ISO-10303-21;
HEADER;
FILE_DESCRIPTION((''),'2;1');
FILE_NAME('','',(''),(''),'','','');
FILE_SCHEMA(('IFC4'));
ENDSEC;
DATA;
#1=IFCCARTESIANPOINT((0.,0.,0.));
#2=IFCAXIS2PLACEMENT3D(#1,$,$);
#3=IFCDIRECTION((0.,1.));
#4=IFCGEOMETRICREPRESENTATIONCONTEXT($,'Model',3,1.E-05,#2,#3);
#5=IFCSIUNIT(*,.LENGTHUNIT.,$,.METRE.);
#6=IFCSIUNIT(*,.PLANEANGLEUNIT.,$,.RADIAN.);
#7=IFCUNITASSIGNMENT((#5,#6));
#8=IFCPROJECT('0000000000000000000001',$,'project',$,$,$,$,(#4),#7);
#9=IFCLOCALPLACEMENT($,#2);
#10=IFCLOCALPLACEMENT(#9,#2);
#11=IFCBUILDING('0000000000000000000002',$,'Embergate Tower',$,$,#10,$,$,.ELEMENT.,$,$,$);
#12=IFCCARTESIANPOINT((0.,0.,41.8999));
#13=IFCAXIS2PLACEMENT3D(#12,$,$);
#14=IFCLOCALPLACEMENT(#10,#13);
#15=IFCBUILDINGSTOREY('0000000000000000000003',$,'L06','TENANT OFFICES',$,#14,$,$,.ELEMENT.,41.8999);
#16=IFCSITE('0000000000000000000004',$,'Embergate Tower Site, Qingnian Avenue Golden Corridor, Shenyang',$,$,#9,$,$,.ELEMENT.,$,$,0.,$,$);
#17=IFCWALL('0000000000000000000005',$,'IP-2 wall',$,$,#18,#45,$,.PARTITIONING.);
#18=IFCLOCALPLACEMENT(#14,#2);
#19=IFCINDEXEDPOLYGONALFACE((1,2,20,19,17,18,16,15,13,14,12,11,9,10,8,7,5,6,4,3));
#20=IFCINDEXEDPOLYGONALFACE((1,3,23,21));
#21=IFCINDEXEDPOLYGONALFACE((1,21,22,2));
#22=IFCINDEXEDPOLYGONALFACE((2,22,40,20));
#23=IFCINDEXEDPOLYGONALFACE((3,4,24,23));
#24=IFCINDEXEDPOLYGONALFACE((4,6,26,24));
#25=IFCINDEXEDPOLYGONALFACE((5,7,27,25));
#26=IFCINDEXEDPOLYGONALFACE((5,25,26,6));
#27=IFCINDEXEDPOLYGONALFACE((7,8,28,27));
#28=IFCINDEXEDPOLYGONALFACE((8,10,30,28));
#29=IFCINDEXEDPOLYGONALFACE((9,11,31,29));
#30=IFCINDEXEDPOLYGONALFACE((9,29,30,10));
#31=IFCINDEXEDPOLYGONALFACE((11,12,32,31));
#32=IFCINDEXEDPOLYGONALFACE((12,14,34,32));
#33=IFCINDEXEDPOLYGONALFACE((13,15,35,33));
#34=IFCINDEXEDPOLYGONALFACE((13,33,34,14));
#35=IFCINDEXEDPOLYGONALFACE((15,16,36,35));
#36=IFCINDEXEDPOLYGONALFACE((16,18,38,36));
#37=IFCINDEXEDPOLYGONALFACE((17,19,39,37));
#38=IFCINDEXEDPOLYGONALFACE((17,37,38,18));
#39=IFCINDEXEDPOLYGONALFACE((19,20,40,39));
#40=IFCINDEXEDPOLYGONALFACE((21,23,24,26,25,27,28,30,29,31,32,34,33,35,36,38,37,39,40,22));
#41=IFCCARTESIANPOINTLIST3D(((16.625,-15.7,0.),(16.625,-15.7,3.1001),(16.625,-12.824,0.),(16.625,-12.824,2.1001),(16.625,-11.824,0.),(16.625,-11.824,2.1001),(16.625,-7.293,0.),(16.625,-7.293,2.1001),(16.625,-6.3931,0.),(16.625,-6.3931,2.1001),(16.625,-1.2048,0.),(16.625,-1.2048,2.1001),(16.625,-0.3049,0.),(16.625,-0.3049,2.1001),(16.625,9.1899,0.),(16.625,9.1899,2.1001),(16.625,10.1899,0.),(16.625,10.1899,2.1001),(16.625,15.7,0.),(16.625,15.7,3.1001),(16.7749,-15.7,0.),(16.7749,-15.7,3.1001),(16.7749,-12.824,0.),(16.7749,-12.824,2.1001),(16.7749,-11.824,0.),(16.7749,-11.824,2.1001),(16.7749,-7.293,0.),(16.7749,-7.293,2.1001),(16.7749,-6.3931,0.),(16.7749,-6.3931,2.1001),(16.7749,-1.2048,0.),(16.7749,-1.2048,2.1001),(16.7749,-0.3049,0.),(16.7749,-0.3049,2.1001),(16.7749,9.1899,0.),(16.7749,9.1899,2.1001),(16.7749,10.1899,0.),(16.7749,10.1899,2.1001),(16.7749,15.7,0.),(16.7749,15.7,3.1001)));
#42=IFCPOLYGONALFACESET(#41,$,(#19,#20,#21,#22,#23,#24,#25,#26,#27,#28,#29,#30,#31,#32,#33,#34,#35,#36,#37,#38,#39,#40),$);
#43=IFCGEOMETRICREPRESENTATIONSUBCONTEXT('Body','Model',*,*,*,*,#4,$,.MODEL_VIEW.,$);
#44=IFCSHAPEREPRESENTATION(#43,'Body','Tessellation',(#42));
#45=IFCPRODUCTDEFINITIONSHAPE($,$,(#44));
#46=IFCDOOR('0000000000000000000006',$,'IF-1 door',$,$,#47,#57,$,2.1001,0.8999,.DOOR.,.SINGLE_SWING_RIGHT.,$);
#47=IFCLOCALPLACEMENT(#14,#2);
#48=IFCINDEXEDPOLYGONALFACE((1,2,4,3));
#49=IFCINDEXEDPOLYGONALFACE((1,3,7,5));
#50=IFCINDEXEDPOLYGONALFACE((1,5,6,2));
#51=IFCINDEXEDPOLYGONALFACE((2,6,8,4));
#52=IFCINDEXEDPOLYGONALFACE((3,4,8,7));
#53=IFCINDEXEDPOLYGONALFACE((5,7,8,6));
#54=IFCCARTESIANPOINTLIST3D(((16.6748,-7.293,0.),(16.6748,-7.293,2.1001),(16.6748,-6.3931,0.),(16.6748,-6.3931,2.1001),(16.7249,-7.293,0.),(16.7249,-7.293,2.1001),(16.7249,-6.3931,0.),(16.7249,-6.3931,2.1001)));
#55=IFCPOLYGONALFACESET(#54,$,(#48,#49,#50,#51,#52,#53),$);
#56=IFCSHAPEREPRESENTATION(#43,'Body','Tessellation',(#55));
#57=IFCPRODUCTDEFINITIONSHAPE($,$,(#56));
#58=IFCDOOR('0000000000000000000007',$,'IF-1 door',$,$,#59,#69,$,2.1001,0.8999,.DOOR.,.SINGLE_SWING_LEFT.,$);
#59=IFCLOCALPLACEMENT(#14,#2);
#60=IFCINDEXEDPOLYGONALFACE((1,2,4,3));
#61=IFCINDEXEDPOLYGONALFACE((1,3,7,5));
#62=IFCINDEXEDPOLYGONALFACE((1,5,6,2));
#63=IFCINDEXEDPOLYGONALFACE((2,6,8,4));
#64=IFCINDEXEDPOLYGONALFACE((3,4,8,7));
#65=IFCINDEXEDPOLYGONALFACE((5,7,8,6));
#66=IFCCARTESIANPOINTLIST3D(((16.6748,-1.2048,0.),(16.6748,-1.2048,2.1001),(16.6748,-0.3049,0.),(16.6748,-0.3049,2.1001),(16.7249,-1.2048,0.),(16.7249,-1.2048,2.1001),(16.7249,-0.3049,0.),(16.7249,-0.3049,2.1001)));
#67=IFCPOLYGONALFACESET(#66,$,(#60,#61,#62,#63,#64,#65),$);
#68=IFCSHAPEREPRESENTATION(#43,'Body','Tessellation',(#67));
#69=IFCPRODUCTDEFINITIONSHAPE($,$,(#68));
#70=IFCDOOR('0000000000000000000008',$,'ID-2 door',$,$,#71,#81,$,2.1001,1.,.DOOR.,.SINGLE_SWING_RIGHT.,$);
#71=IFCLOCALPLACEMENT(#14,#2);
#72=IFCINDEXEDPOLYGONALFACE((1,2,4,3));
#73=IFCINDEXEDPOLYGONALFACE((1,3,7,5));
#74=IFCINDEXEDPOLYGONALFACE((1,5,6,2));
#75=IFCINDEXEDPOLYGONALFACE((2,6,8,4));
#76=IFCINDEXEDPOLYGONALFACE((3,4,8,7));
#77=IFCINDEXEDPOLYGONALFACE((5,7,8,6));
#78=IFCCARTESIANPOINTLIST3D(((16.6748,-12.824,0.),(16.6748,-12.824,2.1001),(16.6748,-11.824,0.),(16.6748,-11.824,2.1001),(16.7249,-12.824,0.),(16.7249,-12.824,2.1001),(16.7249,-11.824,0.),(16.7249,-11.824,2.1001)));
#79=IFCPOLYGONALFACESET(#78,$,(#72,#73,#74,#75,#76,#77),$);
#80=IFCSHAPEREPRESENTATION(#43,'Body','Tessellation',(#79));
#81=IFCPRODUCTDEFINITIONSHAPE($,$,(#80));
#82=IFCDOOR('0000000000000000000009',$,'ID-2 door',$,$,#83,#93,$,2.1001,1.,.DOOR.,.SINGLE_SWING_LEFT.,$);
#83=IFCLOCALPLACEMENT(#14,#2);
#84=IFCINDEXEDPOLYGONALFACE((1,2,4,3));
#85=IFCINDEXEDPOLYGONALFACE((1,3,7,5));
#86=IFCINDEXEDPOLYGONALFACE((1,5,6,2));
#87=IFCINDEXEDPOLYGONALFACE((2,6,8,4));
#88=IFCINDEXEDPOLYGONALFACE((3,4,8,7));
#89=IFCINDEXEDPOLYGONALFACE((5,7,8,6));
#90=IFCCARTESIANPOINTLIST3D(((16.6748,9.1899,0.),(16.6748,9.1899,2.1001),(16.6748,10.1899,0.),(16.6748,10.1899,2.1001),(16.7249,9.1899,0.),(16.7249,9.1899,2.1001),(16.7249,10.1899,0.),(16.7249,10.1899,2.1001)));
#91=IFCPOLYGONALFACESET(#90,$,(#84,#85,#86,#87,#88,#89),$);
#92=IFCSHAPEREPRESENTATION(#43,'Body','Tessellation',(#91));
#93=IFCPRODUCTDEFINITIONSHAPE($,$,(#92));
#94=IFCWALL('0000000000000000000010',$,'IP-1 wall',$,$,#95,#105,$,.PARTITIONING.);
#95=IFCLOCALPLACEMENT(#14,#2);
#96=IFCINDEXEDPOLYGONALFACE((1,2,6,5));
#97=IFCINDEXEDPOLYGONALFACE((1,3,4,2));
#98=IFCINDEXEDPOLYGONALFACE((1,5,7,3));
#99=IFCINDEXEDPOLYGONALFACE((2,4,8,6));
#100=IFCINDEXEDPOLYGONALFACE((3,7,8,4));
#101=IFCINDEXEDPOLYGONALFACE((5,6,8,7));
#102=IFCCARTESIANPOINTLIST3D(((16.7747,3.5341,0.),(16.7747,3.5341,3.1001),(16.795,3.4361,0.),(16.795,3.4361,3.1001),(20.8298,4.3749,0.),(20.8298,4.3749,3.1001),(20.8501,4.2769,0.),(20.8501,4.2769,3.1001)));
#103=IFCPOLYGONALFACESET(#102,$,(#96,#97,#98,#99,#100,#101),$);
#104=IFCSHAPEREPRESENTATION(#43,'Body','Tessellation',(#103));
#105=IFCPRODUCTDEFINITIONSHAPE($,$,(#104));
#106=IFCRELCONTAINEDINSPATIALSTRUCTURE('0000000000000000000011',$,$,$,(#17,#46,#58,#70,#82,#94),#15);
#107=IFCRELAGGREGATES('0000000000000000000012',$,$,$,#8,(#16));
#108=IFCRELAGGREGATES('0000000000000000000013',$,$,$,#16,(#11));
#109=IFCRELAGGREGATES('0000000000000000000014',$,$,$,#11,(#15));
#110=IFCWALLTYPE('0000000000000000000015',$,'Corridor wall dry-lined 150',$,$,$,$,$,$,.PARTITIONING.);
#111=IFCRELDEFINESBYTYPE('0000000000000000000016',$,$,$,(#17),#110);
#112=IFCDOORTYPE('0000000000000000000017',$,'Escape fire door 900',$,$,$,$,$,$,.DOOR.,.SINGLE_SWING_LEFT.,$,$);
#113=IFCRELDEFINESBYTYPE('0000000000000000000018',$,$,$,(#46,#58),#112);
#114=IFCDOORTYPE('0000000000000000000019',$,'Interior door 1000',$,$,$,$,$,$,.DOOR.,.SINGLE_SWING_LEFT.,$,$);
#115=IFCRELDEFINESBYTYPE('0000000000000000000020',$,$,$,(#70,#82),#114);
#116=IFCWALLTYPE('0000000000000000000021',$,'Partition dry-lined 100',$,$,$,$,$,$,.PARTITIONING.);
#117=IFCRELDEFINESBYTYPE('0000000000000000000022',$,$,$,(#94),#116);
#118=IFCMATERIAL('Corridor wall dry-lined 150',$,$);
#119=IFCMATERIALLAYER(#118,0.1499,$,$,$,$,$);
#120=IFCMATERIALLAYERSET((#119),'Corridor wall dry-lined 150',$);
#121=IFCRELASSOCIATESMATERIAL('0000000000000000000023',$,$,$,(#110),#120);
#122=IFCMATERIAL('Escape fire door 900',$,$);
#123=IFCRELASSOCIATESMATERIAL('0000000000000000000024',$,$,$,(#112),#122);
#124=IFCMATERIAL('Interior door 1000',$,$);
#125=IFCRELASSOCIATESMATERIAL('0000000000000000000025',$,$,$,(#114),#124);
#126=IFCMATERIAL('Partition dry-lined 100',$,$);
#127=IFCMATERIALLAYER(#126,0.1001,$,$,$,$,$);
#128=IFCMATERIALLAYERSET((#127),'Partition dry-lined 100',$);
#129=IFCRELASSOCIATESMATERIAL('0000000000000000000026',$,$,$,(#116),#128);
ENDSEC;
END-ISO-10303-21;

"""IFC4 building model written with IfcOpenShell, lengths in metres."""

from ifc_helpers import new_model, si_unit, direction, frame, frame_2d, origin, place, context, subcontext, project, spatial, rectangle, extrude, source, transform, mapped, material, layer, layer_set, type_object, element, fill, save


model = new_model("IFC4")

# Units and contexts
model_context = context("Model", 3, precision=1e-05, world=origin(), true_north=direction((0.0, 1.0)))
body_context = subcontext(model_context, "Body", "Model", "MODEL_VIEW")
ifc_project = project(units=[si_unit("LENGTHUNIT", "METRE"), si_unit("PLANEANGLEUNIT", "RADIAN")], contexts=[model_context])

# Site, building, storey
site_placement = place(None, origin())
site = spatial("IfcSite", under=ifc_project, at=site_placement, Name="Embergate Tower Site, Qingnian Avenue Golden Corridor, Shenyang", CompositionType="ELEMENT", RefElevation=0.0)
building_placement = place(site_placement, origin())
building = spatial("IfcBuilding", under=site, at=building_placement, Name="Embergate Tower", CompositionType="ELEMENT")
storey_placement = place(building_placement, frame((0.0, 0.0, 41.8999)))
storey = spatial("IfcBuildingStorey", under=building, at=storey_placement, Name="L06", Description="TENANT OFFICES", CompositionType="ELEMENT", Elevation=41.8999)

# Wall, openings, doors
ifc_material_1 = material(Name="Corridor wall dry-lined 150")
ifc_layer_1 = layer(ifc_material_1, 0.1499)
ifc_layer_set_1 = layer_set([ifc_layer_1], Name="Corridor wall dry-lined 150")
wall_type_1 = type_object("IfcWallType", Name="Corridor wall dry-lined 150", PredefinedType="PARTITIONING", material=ifc_layer_set_1)
shared_shape_1 = source(origin(), body_context, "Body", "SweptSolid", [
    extrude(rectangle(XDim=31.3999, YDim=0.1499, at=frame_2d((15.7, 0.0))), origin(), (0.0, 0.0, 1.0), 3.1001),
])
wall_1_placement = place(storey_placement, frame((16.7, 15.7, 0.0), z_axis=(0.0, 0.0, 1.0), x_axis=(0.0, -1.0, 0.0)))
wall_1 = element("IfcWall", 1, at=wall_1_placement, inside=storey, type_object=wall_type_1, Name="IP-2 wall", PredefinedType="PARTITIONING", context=body_context, shape_type="MappedRepresentation", body=[
    mapped(shared_shape_1, transform((0.0, 0.0, 0.0))),
])
shared_shape_2 = source(origin(), body_context, "Body", "SweptSolid", [
    extrude(rectangle(XDim=1.0, YDim=2.1001, at=frame_2d((0.5, 1.05))), frame((0.0, 0.085, 0.0), z_axis=(0.0, -1.0, 0.0), x_axis=(1.0, 0.0, 0.0)), (0.0, 0.0, 1.0), 0.1699),
])
opening_1_placement = place(wall_1_placement, frame((27.5239, 0.0, 0.0)))
opening_1 = element("IfcOpeningElement", 2, at=opening_1_placement, cuts=wall_1, PredefinedType="OPENING", context=body_context, shape_type="MappedRepresentation", body=[
    mapped(shared_shape_2, transform((0.0, 0.0, 0.0))),
])
shared_shape_3 = source(origin(), body_context, "Body", "SweptSolid", [
    extrude(rectangle(XDim=0.8999, YDim=2.1001, at=frame_2d((0.45, 1.05))), frame((0.0, 0.085, 0.0), z_axis=(0.0, -1.0, 0.0), x_axis=(1.0, 0.0, 0.0)), (0.0, 0.0, 1.0), 0.1699),
])
opening_2_placement = place(wall_1_placement, frame((22.093, 0.0, 0.0)))
opening_2 = element("IfcOpeningElement", 3, at=opening_2_placement, cuts=wall_1, PredefinedType="OPENING", context=body_context, shape_type="MappedRepresentation", body=[
    mapped(shared_shape_3, transform((0.0, 0.0, 0.0))),
])
opening_3_placement = place(wall_1_placement, frame((16.0049, 0.0, 0.0)))
opening_3 = element("IfcOpeningElement", 4, at=opening_3_placement, cuts=wall_1, PredefinedType="OPENING", context=body_context, shape_type="MappedRepresentation", body=[
    mapped(shared_shape_3, transform((0.0, 0.0, 0.0))),
])
opening_4_placement = place(wall_1_placement, frame((5.51, 0.0, 0.0)))
opening_4 = element("IfcOpeningElement", 5, at=opening_4_placement, cuts=wall_1, PredefinedType="OPENING", context=body_context, shape_type="MappedRepresentation", body=[
    mapped(shared_shape_2, transform((0.0, 0.0, 0.0))),
])
ifc_material_2 = material(Name="Escape fire door 900")
door_type_1 = type_object("IfcDoorType", Name="Escape fire door 900", OperationType="SINGLE_SWING_LEFT", PredefinedType="DOOR", material=ifc_material_2)
shared_shape_4 = source(origin(), body_context, "Body", "SweptSolid", [
    extrude(rectangle(XDim=0.8999, YDim=2.1001, at=frame_2d((0.45, 1.05))), frame((0.0, 0.0249, 0.0), z_axis=(0.0, -1.0, 0.0), x_axis=(1.0, 0.0, 0.0)), (0.0, 0.0, 1.0), 0.05),
])
door_1_placement = place(opening_2_placement, origin())
door_1 = element("IfcDoor", 6, at=door_1_placement, inside=storey, type_object=door_type_1, Name="IF-1 door", OperationType="SINGLE_SWING_RIGHT", OverallHeight=2.1001, OverallWidth=0.8999, PredefinedType="DOOR", context=body_context, shape_type="MappedRepresentation", body=[
    mapped(shared_shape_4, transform((0.0, 0.0, 0.0))),
])
fill(opening_2, door_1)
door_2_placement = place(opening_3_placement, origin())
door_2 = element("IfcDoor", 7, at=door_2_placement, inside=storey, type_object=door_type_1, Name="IF-1 door", OperationType="SINGLE_SWING_LEFT", OverallHeight=2.1001, OverallWidth=0.8999, PredefinedType="DOOR", context=body_context, shape_type="MappedRepresentation", body=[
    mapped(shared_shape_4, transform((0.0, 0.0, 0.0))),
])
fill(opening_3, door_2)
ifc_material_3 = material(Name="Interior door 1000")
door_type_2 = type_object("IfcDoorType", Name="Interior door 1000", OperationType="SINGLE_SWING_LEFT", PredefinedType="DOOR", material=ifc_material_3)
shared_shape_5 = source(origin(), body_context, "Body", "SweptSolid", [
    extrude(rectangle(XDim=1.0, YDim=2.1001, at=frame_2d((0.5, 1.05))), frame((0.0, 0.0249, 0.0), z_axis=(0.0, -1.0, 0.0), x_axis=(1.0, 0.0, 0.0)), (0.0, 0.0, 1.0), 0.05),
])
door_3_placement = place(opening_1_placement, origin())
door_3 = element("IfcDoor", 8, at=door_3_placement, inside=storey, type_object=door_type_2, Name="ID-2 door", OperationType="SINGLE_SWING_RIGHT", OverallHeight=2.1001, OverallWidth=1.0, PredefinedType="DOOR", context=body_context, shape_type="MappedRepresentation", body=[
    mapped(shared_shape_5, transform((0.0, 0.0, 0.0))),
])
fill(opening_1, door_3)
door_4_placement = place(opening_4_placement, origin())
door_4 = element("IfcDoor", 9, at=door_4_placement, inside=storey, type_object=door_type_2, Name="ID-2 door", OperationType="SINGLE_SWING_LEFT", OverallHeight=2.1001, OverallWidth=1.0, PredefinedType="DOOR", context=body_context, shape_type="MappedRepresentation", body=[
    mapped(shared_shape_5, transform((0.0, 0.0, 0.0))),
])
fill(opening_4, door_4)

# Wall
ifc_material_4 = material(Name="Partition dry-lined 100")
ifc_layer_2 = layer(ifc_material_4, 0.1001)
ifc_layer_set_2 = layer_set([ifc_layer_2], Name="Partition dry-lined 100")
wall_type_2 = type_object("IfcWallType", Name="Partition dry-lined 100", PredefinedType="PARTITIONING", material=ifc_layer_set_2)
shared_shape_6 = source(origin(), body_context, "Body", "SweptSolid", [
    extrude(rectangle(XDim=4.1414, YDim=0.1001, at=frame_2d((2.0708, 0.0))), origin(), (0.0, 0.0, 1.0), 3.1001),
])
wall_2_placement = place(storey_placement, frame((20.8401, 4.3259, 0.0), z_axis=(0.0, 0.0, 1.0), x_axis=(-0.979173, -0.203027, 0.0)))
element("IfcWall", 10, at=wall_2_placement, inside=storey, type_object=wall_type_2, Name="IP-1 wall", PredefinedType="PARTITIONING", context=body_context, shape_type="MappedRepresentation", body=[
    mapped(shared_shape_6, transform((0.0, 0.0, 0.0))),
])

save(model, "model.ifc")
